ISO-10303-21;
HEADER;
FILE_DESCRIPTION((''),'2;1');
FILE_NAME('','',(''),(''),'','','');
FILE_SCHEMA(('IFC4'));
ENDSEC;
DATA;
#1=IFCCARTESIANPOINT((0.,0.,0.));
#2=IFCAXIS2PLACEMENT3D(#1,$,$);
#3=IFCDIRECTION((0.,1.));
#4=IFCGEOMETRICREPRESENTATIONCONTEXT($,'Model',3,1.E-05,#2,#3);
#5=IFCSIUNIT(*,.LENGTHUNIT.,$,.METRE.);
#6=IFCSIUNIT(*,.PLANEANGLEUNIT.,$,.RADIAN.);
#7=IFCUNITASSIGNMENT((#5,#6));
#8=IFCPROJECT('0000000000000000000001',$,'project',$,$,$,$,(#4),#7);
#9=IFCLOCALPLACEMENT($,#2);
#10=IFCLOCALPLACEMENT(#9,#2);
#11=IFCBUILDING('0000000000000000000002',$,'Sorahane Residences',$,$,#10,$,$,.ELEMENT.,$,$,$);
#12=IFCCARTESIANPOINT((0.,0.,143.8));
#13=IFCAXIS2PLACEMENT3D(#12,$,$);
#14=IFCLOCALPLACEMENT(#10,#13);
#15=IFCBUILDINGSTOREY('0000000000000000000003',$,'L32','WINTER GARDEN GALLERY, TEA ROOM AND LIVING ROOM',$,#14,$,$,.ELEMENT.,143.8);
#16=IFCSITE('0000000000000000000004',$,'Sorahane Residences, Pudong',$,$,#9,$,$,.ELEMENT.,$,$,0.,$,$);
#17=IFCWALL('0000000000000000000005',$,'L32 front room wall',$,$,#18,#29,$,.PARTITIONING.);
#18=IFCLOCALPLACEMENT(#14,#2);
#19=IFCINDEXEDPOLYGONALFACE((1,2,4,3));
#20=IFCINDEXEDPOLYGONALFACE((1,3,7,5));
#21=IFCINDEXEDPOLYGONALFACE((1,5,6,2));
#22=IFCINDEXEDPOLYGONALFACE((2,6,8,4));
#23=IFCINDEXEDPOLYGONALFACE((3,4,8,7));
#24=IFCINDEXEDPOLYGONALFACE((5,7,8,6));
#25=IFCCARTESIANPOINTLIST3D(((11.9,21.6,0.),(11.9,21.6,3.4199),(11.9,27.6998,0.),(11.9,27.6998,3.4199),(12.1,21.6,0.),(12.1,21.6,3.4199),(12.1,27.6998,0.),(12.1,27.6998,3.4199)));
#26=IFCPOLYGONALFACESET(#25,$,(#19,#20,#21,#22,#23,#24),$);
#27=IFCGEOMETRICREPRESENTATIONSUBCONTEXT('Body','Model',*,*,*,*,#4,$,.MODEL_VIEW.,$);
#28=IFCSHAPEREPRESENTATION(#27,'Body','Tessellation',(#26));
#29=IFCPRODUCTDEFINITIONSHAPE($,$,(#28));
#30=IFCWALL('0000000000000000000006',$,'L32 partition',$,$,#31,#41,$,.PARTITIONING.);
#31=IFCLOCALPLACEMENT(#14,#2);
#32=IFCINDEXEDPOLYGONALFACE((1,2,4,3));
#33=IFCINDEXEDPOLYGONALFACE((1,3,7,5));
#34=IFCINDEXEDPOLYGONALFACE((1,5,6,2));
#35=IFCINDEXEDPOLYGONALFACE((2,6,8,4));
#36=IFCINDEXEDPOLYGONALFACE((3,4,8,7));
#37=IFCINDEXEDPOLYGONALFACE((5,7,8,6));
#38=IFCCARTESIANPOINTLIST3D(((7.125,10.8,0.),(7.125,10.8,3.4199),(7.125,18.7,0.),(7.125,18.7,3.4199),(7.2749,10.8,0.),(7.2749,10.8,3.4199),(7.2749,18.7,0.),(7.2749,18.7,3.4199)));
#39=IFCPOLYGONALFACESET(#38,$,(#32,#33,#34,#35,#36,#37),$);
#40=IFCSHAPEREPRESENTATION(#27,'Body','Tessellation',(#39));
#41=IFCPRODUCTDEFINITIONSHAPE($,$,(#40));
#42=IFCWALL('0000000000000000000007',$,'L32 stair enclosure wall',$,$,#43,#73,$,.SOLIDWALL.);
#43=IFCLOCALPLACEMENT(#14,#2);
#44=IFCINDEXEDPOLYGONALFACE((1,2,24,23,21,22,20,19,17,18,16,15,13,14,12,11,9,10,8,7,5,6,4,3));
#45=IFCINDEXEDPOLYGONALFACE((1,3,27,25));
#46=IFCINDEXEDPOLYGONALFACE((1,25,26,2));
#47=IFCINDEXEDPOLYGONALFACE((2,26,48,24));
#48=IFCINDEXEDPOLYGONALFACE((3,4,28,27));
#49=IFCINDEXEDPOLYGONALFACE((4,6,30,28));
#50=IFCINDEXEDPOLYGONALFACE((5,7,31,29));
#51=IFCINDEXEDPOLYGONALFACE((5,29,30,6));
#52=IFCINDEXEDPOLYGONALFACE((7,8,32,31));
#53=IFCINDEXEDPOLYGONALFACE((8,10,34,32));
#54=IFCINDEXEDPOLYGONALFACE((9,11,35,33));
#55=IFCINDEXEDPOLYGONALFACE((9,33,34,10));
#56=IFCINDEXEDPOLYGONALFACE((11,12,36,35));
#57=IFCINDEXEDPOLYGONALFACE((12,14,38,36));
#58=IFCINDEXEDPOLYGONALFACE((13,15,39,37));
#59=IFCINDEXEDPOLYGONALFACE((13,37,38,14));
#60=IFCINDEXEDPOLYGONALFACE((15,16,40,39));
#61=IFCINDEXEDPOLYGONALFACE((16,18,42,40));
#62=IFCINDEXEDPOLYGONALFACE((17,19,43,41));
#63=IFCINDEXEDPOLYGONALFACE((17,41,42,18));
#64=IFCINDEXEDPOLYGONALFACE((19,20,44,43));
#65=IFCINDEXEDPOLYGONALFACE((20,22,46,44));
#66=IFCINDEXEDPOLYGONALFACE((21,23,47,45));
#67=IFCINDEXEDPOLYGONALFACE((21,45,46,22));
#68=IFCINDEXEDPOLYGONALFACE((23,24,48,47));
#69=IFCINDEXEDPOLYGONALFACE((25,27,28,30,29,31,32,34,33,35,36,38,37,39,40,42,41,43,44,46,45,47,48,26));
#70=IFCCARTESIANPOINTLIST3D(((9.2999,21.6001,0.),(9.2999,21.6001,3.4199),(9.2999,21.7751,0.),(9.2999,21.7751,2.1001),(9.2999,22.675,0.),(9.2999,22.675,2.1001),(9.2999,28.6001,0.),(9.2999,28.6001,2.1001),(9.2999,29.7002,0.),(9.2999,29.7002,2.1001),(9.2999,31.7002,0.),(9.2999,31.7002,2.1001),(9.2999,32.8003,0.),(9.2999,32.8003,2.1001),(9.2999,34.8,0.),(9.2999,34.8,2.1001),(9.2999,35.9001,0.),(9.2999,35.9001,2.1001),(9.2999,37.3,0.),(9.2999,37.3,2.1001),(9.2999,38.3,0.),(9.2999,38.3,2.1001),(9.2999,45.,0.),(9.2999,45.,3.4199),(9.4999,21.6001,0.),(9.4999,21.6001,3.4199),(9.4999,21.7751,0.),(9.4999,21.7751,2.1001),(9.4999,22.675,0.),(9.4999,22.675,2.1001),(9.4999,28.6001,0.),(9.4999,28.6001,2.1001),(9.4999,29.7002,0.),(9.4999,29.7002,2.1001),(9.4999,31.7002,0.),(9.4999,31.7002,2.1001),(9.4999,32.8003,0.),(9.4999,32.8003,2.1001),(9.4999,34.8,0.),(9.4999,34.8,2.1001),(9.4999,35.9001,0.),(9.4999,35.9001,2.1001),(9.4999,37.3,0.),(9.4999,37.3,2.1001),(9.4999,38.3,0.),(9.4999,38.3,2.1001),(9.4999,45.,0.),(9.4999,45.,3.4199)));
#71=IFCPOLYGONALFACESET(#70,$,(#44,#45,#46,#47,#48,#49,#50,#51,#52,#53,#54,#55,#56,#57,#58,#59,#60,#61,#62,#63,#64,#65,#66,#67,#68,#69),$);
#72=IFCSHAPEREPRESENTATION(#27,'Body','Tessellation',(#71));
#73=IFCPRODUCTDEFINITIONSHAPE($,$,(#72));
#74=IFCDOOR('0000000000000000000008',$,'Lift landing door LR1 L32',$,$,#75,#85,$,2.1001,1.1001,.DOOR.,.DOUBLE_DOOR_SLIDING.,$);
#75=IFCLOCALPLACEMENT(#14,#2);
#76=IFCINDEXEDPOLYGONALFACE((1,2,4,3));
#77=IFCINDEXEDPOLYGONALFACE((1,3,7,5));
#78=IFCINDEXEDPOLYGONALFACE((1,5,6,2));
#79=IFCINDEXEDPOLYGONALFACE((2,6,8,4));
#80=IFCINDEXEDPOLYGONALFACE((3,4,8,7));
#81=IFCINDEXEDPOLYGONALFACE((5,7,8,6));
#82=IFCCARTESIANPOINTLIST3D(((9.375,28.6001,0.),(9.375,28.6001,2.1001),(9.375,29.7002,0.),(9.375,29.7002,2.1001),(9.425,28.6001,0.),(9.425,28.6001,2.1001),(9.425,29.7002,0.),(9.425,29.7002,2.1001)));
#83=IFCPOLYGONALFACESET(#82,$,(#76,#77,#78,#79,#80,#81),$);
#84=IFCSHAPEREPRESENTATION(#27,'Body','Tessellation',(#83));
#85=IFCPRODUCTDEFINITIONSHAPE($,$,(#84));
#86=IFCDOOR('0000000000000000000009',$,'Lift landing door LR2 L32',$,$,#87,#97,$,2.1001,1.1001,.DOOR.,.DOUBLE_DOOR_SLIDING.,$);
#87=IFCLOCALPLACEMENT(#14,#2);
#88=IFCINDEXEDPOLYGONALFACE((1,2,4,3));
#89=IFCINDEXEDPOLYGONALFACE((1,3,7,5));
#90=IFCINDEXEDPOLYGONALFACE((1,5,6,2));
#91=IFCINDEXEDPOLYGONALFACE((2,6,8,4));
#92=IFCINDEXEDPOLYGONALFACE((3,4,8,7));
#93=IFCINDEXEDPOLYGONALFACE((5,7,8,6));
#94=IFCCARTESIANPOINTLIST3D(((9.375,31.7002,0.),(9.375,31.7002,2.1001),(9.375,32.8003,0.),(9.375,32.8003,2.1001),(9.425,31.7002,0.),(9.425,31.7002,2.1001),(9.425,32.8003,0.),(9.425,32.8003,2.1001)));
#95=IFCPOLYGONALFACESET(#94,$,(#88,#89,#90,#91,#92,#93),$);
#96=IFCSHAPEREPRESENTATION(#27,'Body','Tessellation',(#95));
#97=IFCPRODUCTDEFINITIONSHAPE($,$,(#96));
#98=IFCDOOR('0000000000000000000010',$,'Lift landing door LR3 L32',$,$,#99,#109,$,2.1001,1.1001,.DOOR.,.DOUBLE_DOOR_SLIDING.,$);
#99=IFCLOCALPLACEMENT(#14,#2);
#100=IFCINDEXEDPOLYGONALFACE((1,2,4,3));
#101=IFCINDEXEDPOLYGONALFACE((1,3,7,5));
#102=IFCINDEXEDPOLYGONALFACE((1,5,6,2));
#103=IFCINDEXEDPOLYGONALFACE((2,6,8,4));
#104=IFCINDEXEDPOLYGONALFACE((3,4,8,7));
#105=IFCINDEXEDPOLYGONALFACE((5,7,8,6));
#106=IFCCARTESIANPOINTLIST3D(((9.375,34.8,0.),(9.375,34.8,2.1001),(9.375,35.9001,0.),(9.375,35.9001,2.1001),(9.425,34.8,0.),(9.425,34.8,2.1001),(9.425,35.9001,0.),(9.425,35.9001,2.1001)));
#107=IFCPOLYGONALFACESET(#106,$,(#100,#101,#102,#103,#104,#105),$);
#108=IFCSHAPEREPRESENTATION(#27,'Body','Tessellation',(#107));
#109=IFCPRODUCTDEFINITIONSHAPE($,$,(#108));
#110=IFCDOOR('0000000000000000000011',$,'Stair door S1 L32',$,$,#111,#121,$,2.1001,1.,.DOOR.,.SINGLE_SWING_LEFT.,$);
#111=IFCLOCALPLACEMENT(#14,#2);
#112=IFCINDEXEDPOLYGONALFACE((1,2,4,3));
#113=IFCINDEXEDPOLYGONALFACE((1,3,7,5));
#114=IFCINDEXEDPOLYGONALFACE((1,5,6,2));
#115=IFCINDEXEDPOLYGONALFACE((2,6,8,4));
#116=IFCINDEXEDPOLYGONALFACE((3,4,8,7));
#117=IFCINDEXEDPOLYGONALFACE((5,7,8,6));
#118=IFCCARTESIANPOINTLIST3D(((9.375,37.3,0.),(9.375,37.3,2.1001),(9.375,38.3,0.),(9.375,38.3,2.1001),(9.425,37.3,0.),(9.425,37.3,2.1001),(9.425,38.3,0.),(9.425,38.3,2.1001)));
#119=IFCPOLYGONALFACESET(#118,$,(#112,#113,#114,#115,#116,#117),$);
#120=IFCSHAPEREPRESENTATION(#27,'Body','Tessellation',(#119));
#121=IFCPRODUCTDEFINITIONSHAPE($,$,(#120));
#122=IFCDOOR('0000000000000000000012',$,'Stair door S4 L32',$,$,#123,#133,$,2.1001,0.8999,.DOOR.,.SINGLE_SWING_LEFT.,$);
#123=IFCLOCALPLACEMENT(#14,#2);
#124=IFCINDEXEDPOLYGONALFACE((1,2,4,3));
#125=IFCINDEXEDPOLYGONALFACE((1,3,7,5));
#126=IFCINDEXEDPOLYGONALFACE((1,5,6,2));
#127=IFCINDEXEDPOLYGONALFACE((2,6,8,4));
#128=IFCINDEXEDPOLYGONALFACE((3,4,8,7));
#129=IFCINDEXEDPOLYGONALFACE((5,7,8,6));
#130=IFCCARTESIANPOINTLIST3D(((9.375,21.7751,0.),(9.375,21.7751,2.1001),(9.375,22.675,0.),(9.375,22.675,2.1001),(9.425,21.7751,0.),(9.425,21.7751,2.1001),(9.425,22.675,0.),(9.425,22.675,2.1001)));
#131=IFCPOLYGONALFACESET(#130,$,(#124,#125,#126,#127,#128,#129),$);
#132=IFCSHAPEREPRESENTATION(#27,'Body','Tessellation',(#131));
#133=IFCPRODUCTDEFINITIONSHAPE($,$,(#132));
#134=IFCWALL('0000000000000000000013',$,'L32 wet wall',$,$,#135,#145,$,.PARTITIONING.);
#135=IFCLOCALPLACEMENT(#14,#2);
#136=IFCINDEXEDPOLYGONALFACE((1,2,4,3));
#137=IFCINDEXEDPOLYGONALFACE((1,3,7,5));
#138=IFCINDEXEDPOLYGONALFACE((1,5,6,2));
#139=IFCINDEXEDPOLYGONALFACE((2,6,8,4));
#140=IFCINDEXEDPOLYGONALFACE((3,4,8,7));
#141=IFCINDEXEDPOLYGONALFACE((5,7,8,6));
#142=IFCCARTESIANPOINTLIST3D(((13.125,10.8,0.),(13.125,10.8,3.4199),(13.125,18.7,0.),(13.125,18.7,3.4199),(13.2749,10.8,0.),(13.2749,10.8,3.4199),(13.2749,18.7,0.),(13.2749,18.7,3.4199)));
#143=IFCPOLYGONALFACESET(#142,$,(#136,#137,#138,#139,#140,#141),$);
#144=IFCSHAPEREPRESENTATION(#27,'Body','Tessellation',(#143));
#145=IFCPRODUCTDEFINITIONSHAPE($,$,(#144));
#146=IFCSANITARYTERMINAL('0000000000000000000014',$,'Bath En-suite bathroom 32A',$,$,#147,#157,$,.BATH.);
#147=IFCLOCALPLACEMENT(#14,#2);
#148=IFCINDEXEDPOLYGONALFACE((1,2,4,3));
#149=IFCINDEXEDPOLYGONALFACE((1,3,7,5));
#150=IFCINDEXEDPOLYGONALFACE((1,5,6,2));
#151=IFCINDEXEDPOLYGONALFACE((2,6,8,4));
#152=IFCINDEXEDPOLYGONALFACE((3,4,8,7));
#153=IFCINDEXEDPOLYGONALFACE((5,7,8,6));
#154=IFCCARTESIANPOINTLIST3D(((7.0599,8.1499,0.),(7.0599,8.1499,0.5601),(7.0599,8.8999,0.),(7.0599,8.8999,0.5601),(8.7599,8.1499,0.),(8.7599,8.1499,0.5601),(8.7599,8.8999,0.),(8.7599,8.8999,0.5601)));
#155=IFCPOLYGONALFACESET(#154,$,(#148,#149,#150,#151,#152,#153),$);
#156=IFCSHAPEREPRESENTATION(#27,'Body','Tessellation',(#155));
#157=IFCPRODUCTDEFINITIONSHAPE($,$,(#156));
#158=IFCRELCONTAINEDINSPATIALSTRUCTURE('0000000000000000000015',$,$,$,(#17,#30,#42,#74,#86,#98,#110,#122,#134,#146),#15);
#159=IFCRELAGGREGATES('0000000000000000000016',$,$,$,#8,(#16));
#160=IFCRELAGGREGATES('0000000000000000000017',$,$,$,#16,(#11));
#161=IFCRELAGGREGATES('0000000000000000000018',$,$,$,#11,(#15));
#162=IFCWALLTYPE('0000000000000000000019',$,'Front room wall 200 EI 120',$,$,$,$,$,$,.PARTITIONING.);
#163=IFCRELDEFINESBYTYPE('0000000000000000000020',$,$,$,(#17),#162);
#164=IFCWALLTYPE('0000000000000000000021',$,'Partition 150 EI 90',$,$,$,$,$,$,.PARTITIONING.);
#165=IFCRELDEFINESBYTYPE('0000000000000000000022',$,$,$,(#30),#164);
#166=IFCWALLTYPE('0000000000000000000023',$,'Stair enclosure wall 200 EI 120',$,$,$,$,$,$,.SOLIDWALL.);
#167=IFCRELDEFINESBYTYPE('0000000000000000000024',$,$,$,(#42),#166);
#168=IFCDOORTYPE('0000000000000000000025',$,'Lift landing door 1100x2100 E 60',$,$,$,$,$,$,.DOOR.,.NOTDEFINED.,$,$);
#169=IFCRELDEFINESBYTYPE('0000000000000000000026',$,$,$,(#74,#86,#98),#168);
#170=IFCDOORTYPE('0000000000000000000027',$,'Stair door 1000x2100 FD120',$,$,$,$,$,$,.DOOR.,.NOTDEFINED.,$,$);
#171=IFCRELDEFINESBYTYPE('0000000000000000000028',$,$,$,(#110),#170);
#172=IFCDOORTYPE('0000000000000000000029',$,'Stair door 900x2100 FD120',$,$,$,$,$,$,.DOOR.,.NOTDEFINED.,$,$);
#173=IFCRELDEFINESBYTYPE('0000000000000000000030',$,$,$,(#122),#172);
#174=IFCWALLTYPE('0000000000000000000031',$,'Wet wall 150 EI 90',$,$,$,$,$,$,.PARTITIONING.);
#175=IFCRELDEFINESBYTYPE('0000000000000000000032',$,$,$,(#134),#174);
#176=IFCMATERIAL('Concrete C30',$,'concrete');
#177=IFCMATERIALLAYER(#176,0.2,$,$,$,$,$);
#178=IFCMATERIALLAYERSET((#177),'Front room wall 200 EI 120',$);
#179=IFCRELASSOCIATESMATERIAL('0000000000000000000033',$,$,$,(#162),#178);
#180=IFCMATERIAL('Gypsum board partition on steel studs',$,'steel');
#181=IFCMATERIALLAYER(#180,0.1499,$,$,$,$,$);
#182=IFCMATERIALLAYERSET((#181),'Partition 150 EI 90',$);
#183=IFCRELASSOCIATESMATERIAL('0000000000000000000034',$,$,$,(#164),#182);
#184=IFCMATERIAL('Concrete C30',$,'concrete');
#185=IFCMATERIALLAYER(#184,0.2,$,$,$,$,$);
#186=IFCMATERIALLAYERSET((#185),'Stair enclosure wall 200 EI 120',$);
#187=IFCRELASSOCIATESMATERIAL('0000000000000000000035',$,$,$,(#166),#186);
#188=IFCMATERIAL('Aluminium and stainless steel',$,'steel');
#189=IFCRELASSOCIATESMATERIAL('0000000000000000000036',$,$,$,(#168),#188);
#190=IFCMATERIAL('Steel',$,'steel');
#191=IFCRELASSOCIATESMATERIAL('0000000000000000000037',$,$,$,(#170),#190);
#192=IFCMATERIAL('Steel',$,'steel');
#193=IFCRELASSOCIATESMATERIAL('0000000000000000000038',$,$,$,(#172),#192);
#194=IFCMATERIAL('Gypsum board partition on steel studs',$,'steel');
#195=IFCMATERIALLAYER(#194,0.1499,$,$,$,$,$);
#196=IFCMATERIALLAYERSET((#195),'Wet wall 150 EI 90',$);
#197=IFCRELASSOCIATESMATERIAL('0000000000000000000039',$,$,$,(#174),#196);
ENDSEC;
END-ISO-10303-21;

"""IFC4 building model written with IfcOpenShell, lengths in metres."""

from ifc_helpers import new_model, si_unit, direction, frame, frame_2d, origin, origin_2d, place, context, subcontext, project, spatial, rectangle, extrude, material, layer, layer_set, type_object, element, fill, save


model = new_model("IFC4")

# Units and contexts
model_context = context("Model", 3, precision=1e-05, world=origin(), true_north=direction((0.0, 1.0)))
body_context = subcontext(model_context, "Body", "Model", "MODEL_VIEW")
ifc_project = project(units=[si_unit("LENGTHUNIT", "METRE"), si_unit("PLANEANGLEUNIT", "RADIAN")], contexts=[model_context])

# Site, building, storey
site_placement = place(None, origin())
site = spatial("IfcSite", under=ifc_project, at=site_placement, Name="Sorahane Residences, Pudong", CompositionType="ELEMENT", RefElevation=0.0)
building_placement = place(site_placement, origin())
building = spatial("IfcBuilding", under=site, at=building_placement, Name="Sorahane Residences", CompositionType="ELEMENT")
storey_placement = place(building_placement, frame((0.0, 0.0, 143.8)))
storey = spatial("IfcBuildingStorey", under=building, at=storey_placement, Name="L32", Description="WINTER GARDEN GALLERY, TEA ROOM AND LIVING ROOM", CompositionType="ELEMENT", Elevation=143.8)

# Walls
ifc_material_1 = material(Name="Concrete C30", Category="concrete")
ifc_layer_1 = layer(ifc_material_1, 0.2)
ifc_layer_set_1 = layer_set([ifc_layer_1], Name="Front room wall 200 EI 120")
wall_type_1 = type_object("IfcWallType", Name="Front room wall 200 EI 120", PredefinedType="PARTITIONING", material=ifc_layer_set_1)
wall_1_placement = place(storey_placement, frame((12.0, 21.6001, 0.0), z_axis=(0.0, 0.0, 1.0), x_axis=(0.0, 1.0, 0.0)))
element("IfcWall", 1, at=wall_1_placement, inside=storey, type_object=wall_type_1, Name="L32 front room wall", PredefinedType="PARTITIONING", context=body_context, shape_type="SweptSolid", body=[
    extrude(rectangle(XDim=6.0999, YDim=0.2, at=frame_2d((3.0498, 0.0))), origin(), (0.0, 0.0, 1.0), 3.4199),
])
ifc_material_2 = material(Name="Gypsum board partition on steel studs", Category="steel")
ifc_layer_2 = layer(ifc_material_2, 0.1499)
ifc_layer_set_2 = layer_set([ifc_layer_2], Name="Partition 150 EI 90")
wall_type_2 = type_object("IfcWallType", Name="Partition 150 EI 90", PredefinedType="PARTITIONING", material=ifc_layer_set_2)
wall_2_placement = place(storey_placement, frame((7.2, 10.8, 0.0), z_axis=(0.0, 0.0, 1.0), x_axis=(0.0, 1.0, 0.0)))
element("IfcWall", 2, at=wall_2_placement, inside=storey, type_object=wall_type_2, Name="L32 partition", PredefinedType="PARTITIONING", context=body_context, shape_type="SweptSolid", body=[
    extrude(rectangle(XDim=7.8999, YDim=0.1499, at=frame_2d((3.95, 0.0))), origin(), (0.0, 0.0, 1.0), 3.4199),
])

# Wall, openings, doors
ifc_material_3 = material(Name="Concrete C30", Category="concrete")
ifc_layer_3 = layer(ifc_material_3, 0.2)
ifc_layer_set_3 = layer_set([ifc_layer_3], Name="Stair enclosure wall 200 EI 120")
wall_type_3 = type_object("IfcWallType", Name="Stair enclosure wall 200 EI 120", PredefinedType="SOLIDWALL", material=ifc_layer_set_3)
wall_3_placement = place(storey_placement, frame((9.3999, 21.6001, 0.0), z_axis=(0.0, 0.0, 1.0), x_axis=(0.0, 1.0, 0.0)))
wall_3 = element("IfcWall", 3, at=wall_3_placement, inside=storey, type_object=wall_type_3, Name="L32 stair enclosure wall", PredefinedType="SOLIDWALL", context=body_context, shape_type="SweptSolid", body=[
    extrude(rectangle(XDim=23.3999, YDim=0.2, at=frame_2d((11.7, 0.0))), origin(), (0.0, 0.0, 1.0), 3.4199),
])
opening_1_placement = place(wall_3_placement, frame((7.0, 0.0, 0.0)))
opening_1 = element("IfcOpeningElement", 4, at=opening_1_placement, cuts=wall_3, PredefinedType="OPENING", context=body_context, shape_type="SweptSolid", body=[
    extrude(rectangle(XDim=1.1001, YDim=2.1001, at=frame_2d((0.55, 1.05))), frame((0.0, 0.1099, 0.0), z_axis=(0.0, -1.0, 0.0), x_axis=(1.0, 0.0, 0.0)), (0.0, 0.0, 1.0), 0.22),
])
opening_2_placement = place(wall_3_placement, frame((10.1001, 0.0, 0.0)))
opening_2 = element("IfcOpeningElement", 5, at=opening_2_placement, cuts=wall_3, PredefinedType="OPENING", context=body_context, shape_type="SweptSolid", body=[
    extrude(rectangle(XDim=1.1001, YDim=2.1001, at=frame_2d((0.55, 1.05))), frame((0.0, 0.1099, 0.0), z_axis=(0.0, -1.0, 0.0), x_axis=(1.0, 0.0, 0.0)), (0.0, 0.0, 1.0), 0.22),
])
opening_3_placement = place(wall_3_placement, frame((13.2, 0.0, 0.0)))
opening_3 = element("IfcOpeningElement", 6, at=opening_3_placement, cuts=wall_3, PredefinedType="OPENING", context=body_context, shape_type="SweptSolid", body=[
    extrude(rectangle(XDim=1.1001, YDim=2.1001, at=frame_2d((0.55, 1.05))), frame((0.0, 0.1099, 0.0), z_axis=(0.0, -1.0, 0.0), x_axis=(1.0, 0.0, 0.0)), (0.0, 0.0, 1.0), 0.22),
])
opening_4_placement = place(wall_3_placement, frame((15.7, 0.0, 0.0)))
opening_4 = element("IfcOpeningElement", 7, at=opening_4_placement, cuts=wall_3, PredefinedType="OPENING", context=body_context, shape_type="SweptSolid", body=[
    extrude(rectangle(XDim=1.0, YDim=2.1001, at=frame_2d((0.5, 1.05))), frame((0.0, 0.1099, 0.0), z_axis=(0.0, -1.0, 0.0), x_axis=(1.0, 0.0, 0.0)), (0.0, 0.0, 1.0), 0.22),
])
opening_5_placement = place(wall_3_placement, frame((0.175, 0.0, 0.0)))
opening_5 = element("IfcOpeningElement", 8, at=opening_5_placement, cuts=wall_3, PredefinedType="OPENING", context=body_context, shape_type="SweptSolid", body=[
    extrude(rectangle(XDim=0.8999, YDim=2.1001, at=frame_2d((0.45, 1.05))), frame((0.0, 0.1099, 0.0), z_axis=(0.0, -1.0, 0.0), x_axis=(1.0, 0.0, 0.0)), (0.0, 0.0, 1.0), 0.22),
])
ifc_material_4 = material(Name="Aluminium and stainless steel", Category="steel")
door_type_1 = type_object("IfcDoorType", Name="Lift landing door 1100x2100 E 60", OperationType="NOTDEFINED", PredefinedType="DOOR", material=ifc_material_4)
door_1_placement = place(opening_1_placement, origin())
door_1 = element("IfcDoor", 9, at=door_1_placement, inside=storey, type_object=door_type_1, Name="Lift landing door LR1 L32", OperationType="DOUBLE_DOOR_SLIDING", OverallHeight=2.1001, OverallWidth=1.1001, PredefinedType="DOOR", context=body_context, shape_type="SweptSolid", body=[
    extrude(rectangle(XDim=1.1001, YDim=2.1001, at=frame_2d((0.55, 1.05))), frame((0.0, 0.0249, 0.0), z_axis=(0.0, -1.0, 0.0), x_axis=(1.0, 0.0, 0.0)), (0.0, 0.0, 1.0), 0.05),
])
fill(opening_1, door_1)
door_2_placement = place(opening_2_placement, origin())
door_2 = element("IfcDoor", 10, at=door_2_placement, inside=storey, type_object=door_type_1, Name="Lift landing door LR2 L32", OperationType="DOUBLE_DOOR_SLIDING", OverallHeight=2.1001, OverallWidth=1.1001, PredefinedType="DOOR", context=body_context, shape_type="SweptSolid", body=[
    extrude(rectangle(XDim=1.1001, YDim=2.1001, at=frame_2d((0.55, 1.05))), frame((0.0, 0.0249, 0.0), z_axis=(0.0, -1.0, 0.0), x_axis=(1.0, 0.0, 0.0)), (0.0, 0.0, 1.0), 0.05),
])
fill(opening_2, door_2)
door_3_placement = place(opening_3_placement, origin())
door_3 = element("IfcDoor", 11, at=door_3_placement, inside=storey, type_object=door_type_1, Name="Lift landing door LR3 L32", OperationType="DOUBLE_DOOR_SLIDING", OverallHeight=2.1001, OverallWidth=1.1001, PredefinedType="DOOR", context=body_context, shape_type="SweptSolid", body=[
    extrude(rectangle(XDim=1.1001, YDim=2.1001, at=frame_2d((0.55, 1.05))), frame((0.0, 0.0249, 0.0), z_axis=(0.0, -1.0, 0.0), x_axis=(1.0, 0.0, 0.0)), (0.0, 0.0, 1.0), 0.05),
])
fill(opening_3, door_3)
ifc_material_5 = material(Name="Steel", Category="steel")
door_type_2 = type_object("IfcDoorType", Name="Stair door 1000x2100 FD120", OperationType="NOTDEFINED", PredefinedType="DOOR", material=ifc_material_5)
door_4_placement = place(opening_4_placement, origin())
door_4 = element("IfcDoor", 12, at=door_4_placement, inside=storey, type_object=door_type_2, Name="Stair door S1 L32", OperationType="SINGLE_SWING_LEFT", OverallHeight=2.1001, OverallWidth=1.0, PredefinedType="DOOR", context=body_context, shape_type="SweptSolid", body=[
    extrude(rectangle(XDim=1.0, YDim=2.1001, at=frame_2d((0.5, 1.05))), frame((0.0, 0.0249, 0.0), z_axis=(0.0, -1.0, 0.0), x_axis=(1.0, 0.0, 0.0)), (0.0, 0.0, 1.0), 0.05),
])
fill(opening_4, door_4)
ifc_material_6 = material(Name="Steel", Category="steel")
door_type_3 = type_object("IfcDoorType", Name="Stair door 900x2100 FD120", OperationType="NOTDEFINED", PredefinedType="DOOR", material=ifc_material_6)
door_5_placement = place(opening_5_placement, origin())
door_5 = element("IfcDoor", 13, at=door_5_placement, inside=storey, type_object=door_type_3, Name="Stair door S4 L32", OperationType="SINGLE_SWING_LEFT", OverallHeight=2.1001, OverallWidth=0.8999, PredefinedType="DOOR", context=body_context, shape_type="SweptSolid", body=[
    extrude(rectangle(XDim=0.8999, YDim=2.1001, at=frame_2d((0.45, 1.05))), frame((0.0, 0.0249, 0.0), z_axis=(0.0, -1.0, 0.0), x_axis=(1.0, 0.0, 0.0)), (0.0, 0.0, 1.0), 0.05),
])
fill(opening_5, door_5)

# Wall
ifc_material_7 = material(Name="Gypsum board partition on steel studs", Category="steel")
ifc_layer_4 = layer(ifc_material_7, 0.1499)
ifc_layer_set_4 = layer_set([ifc_layer_4], Name="Wet wall 150 EI 90")
wall_type_4 = type_object("IfcWallType", Name="Wet wall 150 EI 90", PredefinedType="PARTITIONING", material=ifc_layer_set_4)
wall_4_placement = place(storey_placement, frame((13.2, 10.8, 0.0), z_axis=(0.0, 0.0, 1.0), x_axis=(0.0, 1.0, 0.0)))
element("IfcWall", 14, at=wall_4_placement, inside=storey, type_object=wall_type_4, Name="L32 wet wall", PredefinedType="PARTITIONING", context=body_context, shape_type="SweptSolid", body=[
    extrude(rectangle(XDim=7.8999, YDim=0.1499, at=frame_2d((3.95, 0.0))), origin(), (0.0, 0.0, 1.0), 3.4199),
])

# Sanitary terminal
sanitary_terminal_1_placement = place(storey_placement, frame((7.9099, 8.5249, 0.0), z_axis=(0.0, 0.0, 1.0), x_axis=(1.0, 0.0, 0.0)))
element("IfcSanitaryTerminal", 15, at=sanitary_terminal_1_placement, inside=storey, Name="Bath En-suite bathroom 32A", PredefinedType="BATH", context=body_context, shape_type="SweptSolid", body=[
    extrude(rectangle(XDim=1.7, YDim=0.75, at=origin_2d()), origin(), (0.0, 0.0, 1.0), 0.5601),
])

save(model, "model.ifc")
